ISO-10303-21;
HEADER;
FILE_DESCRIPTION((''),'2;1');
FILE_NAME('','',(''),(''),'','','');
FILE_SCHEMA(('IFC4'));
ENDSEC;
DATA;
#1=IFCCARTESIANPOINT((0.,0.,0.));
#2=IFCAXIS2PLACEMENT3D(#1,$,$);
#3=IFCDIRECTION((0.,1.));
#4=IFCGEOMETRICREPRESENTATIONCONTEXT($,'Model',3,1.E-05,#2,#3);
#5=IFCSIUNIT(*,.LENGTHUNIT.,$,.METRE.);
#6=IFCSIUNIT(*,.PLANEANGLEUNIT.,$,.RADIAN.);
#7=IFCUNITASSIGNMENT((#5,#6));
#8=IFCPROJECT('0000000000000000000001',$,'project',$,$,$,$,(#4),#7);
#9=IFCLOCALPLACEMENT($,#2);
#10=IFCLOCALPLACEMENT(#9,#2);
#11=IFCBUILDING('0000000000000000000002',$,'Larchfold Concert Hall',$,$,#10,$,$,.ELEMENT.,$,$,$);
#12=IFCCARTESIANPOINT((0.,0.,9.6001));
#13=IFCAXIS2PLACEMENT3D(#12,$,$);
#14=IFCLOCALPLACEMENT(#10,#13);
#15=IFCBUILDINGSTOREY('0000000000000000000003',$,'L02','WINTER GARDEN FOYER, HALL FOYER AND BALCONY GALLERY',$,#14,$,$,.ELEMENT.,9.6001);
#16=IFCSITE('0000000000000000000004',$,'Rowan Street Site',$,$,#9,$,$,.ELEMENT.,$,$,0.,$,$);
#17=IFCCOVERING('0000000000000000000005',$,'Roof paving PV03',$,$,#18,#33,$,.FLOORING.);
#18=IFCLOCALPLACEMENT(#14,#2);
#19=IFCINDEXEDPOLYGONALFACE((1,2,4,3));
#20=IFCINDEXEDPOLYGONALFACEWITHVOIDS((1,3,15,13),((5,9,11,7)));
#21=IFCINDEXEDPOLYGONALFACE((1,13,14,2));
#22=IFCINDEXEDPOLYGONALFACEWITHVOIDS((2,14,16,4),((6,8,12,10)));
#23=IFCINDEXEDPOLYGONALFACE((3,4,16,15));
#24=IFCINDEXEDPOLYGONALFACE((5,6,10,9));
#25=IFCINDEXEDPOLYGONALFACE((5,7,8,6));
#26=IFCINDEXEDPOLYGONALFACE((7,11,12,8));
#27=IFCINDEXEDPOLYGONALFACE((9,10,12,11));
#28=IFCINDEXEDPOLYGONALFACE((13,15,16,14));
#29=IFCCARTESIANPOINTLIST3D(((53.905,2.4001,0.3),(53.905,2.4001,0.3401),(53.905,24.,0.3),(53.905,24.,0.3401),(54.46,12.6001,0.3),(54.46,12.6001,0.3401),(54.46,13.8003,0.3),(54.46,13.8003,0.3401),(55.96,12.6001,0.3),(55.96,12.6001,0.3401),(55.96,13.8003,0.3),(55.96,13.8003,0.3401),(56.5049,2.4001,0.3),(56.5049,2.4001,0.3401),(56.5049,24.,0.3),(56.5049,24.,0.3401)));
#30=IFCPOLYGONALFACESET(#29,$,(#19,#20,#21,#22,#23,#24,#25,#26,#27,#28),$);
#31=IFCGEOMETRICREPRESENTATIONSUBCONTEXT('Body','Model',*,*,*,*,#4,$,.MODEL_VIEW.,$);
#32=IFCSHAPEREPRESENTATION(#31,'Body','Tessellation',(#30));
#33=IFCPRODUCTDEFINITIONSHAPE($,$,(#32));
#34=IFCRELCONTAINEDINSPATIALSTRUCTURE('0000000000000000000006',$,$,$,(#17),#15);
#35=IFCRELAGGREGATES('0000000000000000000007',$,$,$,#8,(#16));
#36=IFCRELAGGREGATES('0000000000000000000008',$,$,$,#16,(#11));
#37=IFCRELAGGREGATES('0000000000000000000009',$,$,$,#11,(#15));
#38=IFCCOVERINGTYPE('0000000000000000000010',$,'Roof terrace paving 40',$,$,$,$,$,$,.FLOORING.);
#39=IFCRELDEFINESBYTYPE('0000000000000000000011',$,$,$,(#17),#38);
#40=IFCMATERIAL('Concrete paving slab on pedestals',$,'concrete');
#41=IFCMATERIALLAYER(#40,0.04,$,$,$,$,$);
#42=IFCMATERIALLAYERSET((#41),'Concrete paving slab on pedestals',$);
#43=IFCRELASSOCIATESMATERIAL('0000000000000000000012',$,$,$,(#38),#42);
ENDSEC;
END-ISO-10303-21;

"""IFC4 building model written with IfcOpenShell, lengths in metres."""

from ifc_helpers import new_model, si_unit, direction, frame, origin, place, context, subcontext, project, spatial, polyline, outline, extrude, material, layer, layer_set, type_object, element, save


model = new_model("IFC4")

# Units and contexts
model_context = context("Model", 3, precision=1e-05, world=origin(), true_north=direction((0.0, 1.0)))
body_context = subcontext(model_context, "Body", "Model", "MODEL_VIEW")
ifc_project = project(units=[si_unit("LENGTHUNIT", "METRE"), si_unit("PLANEANGLEUNIT", "RADIAN")], contexts=[model_context])

# Site, building, storey
site_placement = place(None, origin())
site = spatial("IfcSite", under=ifc_project, at=site_placement, Name="Rowan Street Site", CompositionType="ELEMENT", RefElevation=0.0)
building_placement = place(site_placement, origin())
building = spatial("IfcBuilding", under=site, at=building_placement, Name="Larchfold Concert Hall", CompositionType="ELEMENT")
storey_placement = place(building_placement, frame((0.0, 0.0, 9.6001)))
storey = spatial("IfcBuildingStorey", under=building, at=storey_placement, Name="L02", Description="WINTER GARDEN FOYER, HALL FOYER AND BALCONY GALLERY", CompositionType="ELEMENT", Elevation=9.6001)

# Covering
ifc_material_1 = material(Name="Concrete paving slab on pedestals", Category="concrete")
ifc_layer_1 = layer(ifc_material_1, 0.04)
ifc_layer_set_1 = layer_set([ifc_layer_1], Name="Concrete paving slab on pedestals")
covering_type_1 = type_object("IfcCoveringType", Name="Roof terrace paving 40", PredefinedType="FLOORING", material=ifc_layer_set_1)
covering_1_placement = place(storey_placement, frame((0.0, 0.0, 0.3)))
element("IfcCovering", 1, at=covering_1_placement, inside=storey, type_object=covering_type_1, Name="Roof paving PV03", PredefinedType="FLOORING", context=body_context, shape_type="SweptSolid", body=[
    extrude(outline(polyline([(56.5049, 2.4001), (56.5049, 24.0), (53.905, 24.0), (53.905, 2.4001), (56.5049, 2.4001)]), holes=[polyline([(55.96, 13.8003), (54.46, 13.8003), (54.46, 12.6001), (55.96, 12.6001), (55.96, 13.8003)])]), origin(), (0.0, 0.0, 1.0), 0.04),
])

save(model, "model.ifc")
